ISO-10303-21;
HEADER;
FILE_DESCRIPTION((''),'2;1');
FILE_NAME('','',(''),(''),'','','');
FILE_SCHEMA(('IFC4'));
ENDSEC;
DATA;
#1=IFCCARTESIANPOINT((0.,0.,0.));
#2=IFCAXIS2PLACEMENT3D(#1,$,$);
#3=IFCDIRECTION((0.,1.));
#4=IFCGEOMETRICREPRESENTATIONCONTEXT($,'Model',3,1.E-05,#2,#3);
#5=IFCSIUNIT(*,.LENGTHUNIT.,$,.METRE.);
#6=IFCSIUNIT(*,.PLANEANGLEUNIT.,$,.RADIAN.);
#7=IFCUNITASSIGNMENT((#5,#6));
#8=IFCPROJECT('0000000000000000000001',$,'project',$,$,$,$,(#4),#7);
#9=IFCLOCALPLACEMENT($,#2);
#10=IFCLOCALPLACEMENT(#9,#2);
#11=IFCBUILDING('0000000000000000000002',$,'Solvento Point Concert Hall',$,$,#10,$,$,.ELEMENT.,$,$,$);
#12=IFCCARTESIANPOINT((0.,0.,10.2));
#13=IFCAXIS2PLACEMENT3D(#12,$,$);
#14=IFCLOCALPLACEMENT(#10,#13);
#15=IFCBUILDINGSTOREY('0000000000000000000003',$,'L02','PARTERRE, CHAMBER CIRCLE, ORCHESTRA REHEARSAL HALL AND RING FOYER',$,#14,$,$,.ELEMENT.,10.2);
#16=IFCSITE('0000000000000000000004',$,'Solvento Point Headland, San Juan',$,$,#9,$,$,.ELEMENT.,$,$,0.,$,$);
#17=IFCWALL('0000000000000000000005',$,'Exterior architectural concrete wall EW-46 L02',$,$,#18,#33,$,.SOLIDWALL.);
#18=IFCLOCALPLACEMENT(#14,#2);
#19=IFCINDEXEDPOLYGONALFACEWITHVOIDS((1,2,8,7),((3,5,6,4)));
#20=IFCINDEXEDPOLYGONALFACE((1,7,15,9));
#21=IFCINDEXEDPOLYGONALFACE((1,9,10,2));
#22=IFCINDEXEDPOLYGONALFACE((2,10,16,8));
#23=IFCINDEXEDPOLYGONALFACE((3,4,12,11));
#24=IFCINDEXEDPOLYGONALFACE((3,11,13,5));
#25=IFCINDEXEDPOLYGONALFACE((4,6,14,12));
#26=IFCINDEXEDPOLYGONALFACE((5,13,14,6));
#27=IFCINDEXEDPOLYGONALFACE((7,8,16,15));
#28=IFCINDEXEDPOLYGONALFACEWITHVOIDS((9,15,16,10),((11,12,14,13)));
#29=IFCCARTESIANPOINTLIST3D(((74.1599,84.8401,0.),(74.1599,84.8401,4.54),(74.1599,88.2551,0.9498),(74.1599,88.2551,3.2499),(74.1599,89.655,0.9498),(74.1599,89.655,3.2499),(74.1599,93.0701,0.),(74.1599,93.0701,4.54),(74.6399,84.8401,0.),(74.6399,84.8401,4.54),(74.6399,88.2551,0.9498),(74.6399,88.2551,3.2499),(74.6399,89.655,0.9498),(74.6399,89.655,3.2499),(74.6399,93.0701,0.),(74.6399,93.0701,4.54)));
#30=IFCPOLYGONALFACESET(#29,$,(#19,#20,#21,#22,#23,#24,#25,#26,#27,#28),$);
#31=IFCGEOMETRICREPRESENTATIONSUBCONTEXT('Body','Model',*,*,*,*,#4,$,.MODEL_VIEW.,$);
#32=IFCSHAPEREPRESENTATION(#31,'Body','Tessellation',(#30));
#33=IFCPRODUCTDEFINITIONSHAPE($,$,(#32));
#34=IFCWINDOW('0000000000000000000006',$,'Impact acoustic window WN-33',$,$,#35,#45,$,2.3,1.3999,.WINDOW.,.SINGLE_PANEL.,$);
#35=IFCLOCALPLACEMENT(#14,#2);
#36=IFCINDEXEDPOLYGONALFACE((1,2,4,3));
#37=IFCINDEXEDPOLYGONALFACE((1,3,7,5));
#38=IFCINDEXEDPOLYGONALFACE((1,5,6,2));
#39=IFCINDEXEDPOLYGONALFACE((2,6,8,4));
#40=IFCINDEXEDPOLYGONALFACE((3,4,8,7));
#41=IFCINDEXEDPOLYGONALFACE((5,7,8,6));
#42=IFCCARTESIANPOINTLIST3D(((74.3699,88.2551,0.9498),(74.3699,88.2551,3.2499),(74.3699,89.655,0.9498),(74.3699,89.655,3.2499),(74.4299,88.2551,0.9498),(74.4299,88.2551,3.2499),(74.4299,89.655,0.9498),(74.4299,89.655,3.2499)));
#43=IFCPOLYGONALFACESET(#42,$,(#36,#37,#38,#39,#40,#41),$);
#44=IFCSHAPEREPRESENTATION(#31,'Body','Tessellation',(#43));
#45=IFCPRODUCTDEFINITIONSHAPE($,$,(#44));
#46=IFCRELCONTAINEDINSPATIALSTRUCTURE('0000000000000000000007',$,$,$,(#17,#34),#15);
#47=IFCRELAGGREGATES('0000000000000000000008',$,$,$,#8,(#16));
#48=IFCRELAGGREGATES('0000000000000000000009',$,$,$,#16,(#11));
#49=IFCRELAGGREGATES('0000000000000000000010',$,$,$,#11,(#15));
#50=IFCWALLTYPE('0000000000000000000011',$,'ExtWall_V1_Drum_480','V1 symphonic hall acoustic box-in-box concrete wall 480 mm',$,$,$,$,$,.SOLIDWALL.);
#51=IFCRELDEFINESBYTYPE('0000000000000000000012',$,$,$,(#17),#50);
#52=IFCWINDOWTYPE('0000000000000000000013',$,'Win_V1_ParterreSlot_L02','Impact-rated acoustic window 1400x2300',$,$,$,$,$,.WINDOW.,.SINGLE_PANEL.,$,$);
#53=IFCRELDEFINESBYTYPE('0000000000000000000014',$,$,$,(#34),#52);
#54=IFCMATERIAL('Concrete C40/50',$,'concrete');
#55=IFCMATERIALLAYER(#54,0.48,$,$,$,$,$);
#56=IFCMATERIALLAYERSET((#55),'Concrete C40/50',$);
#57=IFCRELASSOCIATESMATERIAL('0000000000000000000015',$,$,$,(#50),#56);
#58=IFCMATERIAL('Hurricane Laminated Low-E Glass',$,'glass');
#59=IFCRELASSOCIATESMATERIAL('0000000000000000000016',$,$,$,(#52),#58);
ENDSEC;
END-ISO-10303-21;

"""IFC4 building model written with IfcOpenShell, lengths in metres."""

from ifc_helpers import new_model, si_unit, direction, frame, frame_2d, origin, place, context, subcontext, project, spatial, rectangle, extrude, material, layer, layer_set, type_object, element, fill, save


model = new_model("IFC4")

# Units and contexts
model_context = context("Model", 3, precision=1e-05, world=origin(), true_north=direction((0.0, 1.0)))
body_context = subcontext(model_context, "Body", "Model", "MODEL_VIEW")
ifc_project = project(units=[si_unit("LENGTHUNIT", "METRE"), si_unit("PLANEANGLEUNIT", "RADIAN")], contexts=[model_context])

# Site, building, storey
site_placement = place(None, origin())
site = spatial("IfcSite", under=ifc_project, at=site_placement, Name="Solvento Point Headland, San Juan", CompositionType="ELEMENT", RefElevation=0.0)
building_placement = place(site_placement, origin())
building = spatial("IfcBuilding", under=site, at=building_placement, Name="Solvento Point Concert Hall", CompositionType="ELEMENT")
storey_placement = place(building_placement, frame((0.0, 0.0, 10.2)))
storey = spatial("IfcBuildingStorey", under=building, at=storey_placement, Name="L02", Description="PARTERRE, CHAMBER CIRCLE, ORCHESTRA REHEARSAL HALL AND RING FOYER", CompositionType="ELEMENT", Elevation=10.2)

# Wall, opening, window
ifc_material_1 = material(Name="Concrete C40/50", Category="concrete")
ifc_layer_1 = layer(ifc_material_1, 0.48)
ifc_layer_set_1 = layer_set([ifc_layer_1], Name="Concrete C40/50")
wall_type_1 = type_object("IfcWallType", Name="ExtWall_V1_Drum_480", Description="V1 symphonic hall acoustic box-in-box concrete wall 480 mm", PredefinedType="SOLIDWALL", material=ifc_layer_set_1)
ifc_material_2 = material(Name="Hurricane Laminated Low-E Glass", Category="glass")
window_type = type_object("IfcWindowType", Name="Win_V1_ParterreSlot_L02", Description="Impact-rated acoustic window 1400x2300", PartitioningType="SINGLE_PANEL", PredefinedType="WINDOW", material=ifc_material_2)
wall_1_placement = place(storey_placement, frame((74.3999, 84.8401, 0.0), z_axis=(0.0, 0.0, 1.0), x_axis=(0.0, 1.0, 0.0)))
wall_1 = element("IfcWall", 1, at=wall_1_placement, inside=storey, type_object=wall_type_1, Name="Exterior architectural concrete wall EW-46 L02", PredefinedType="SOLIDWALL", context=body_context, shape_type="SweptSolid", body=[
    extrude(rectangle(XDim=8.23, YDim=0.48, at=frame_2d((4.115, 0.0))), origin(), (0.0, 0.0, 1.0), 4.54),
])
opening_1_placement = place(wall_1_placement, frame((3.415, 0.0, 0.95)))
opening_1 = element("IfcOpeningElement", 2, at=opening_1_placement, cuts=wall_1, PredefinedType="OPENING", context=body_context, shape_type="SweptSolid", body=[
    extrude(rectangle(XDim=1.3999, YDim=2.3, at=frame_2d((0.7, 1.1499))), frame((0.0, 0.25, 0.0), z_axis=(0.0, -1.0, 0.0), x_axis=(1.0, 0.0, 0.0)), (0.0, 0.0, 1.0), 0.5),
])
window_1_placement = place(opening_1_placement, origin())
window_1 = element("IfcWindow", 3, at=window_1_placement, inside=storey, type_object=window_type, Name="Impact acoustic window WN-33", OverallHeight=2.3, OverallWidth=1.3999, PartitioningType="SINGLE_PANEL", PredefinedType="WINDOW", context=body_context, shape_type="SweptSolid", body=[
    extrude(rectangle(XDim=1.3999, YDim=2.3, at=frame_2d((0.7, 1.1499))), frame((0.0, 0.03, 0.0), z_axis=(0.0, -1.0, 0.0), x_axis=(1.0, 0.0, 0.0)), (0.0, 0.0, 1.0), 0.0601),
])
fill(opening_1, window_1)

save(model, "model.ifc")
